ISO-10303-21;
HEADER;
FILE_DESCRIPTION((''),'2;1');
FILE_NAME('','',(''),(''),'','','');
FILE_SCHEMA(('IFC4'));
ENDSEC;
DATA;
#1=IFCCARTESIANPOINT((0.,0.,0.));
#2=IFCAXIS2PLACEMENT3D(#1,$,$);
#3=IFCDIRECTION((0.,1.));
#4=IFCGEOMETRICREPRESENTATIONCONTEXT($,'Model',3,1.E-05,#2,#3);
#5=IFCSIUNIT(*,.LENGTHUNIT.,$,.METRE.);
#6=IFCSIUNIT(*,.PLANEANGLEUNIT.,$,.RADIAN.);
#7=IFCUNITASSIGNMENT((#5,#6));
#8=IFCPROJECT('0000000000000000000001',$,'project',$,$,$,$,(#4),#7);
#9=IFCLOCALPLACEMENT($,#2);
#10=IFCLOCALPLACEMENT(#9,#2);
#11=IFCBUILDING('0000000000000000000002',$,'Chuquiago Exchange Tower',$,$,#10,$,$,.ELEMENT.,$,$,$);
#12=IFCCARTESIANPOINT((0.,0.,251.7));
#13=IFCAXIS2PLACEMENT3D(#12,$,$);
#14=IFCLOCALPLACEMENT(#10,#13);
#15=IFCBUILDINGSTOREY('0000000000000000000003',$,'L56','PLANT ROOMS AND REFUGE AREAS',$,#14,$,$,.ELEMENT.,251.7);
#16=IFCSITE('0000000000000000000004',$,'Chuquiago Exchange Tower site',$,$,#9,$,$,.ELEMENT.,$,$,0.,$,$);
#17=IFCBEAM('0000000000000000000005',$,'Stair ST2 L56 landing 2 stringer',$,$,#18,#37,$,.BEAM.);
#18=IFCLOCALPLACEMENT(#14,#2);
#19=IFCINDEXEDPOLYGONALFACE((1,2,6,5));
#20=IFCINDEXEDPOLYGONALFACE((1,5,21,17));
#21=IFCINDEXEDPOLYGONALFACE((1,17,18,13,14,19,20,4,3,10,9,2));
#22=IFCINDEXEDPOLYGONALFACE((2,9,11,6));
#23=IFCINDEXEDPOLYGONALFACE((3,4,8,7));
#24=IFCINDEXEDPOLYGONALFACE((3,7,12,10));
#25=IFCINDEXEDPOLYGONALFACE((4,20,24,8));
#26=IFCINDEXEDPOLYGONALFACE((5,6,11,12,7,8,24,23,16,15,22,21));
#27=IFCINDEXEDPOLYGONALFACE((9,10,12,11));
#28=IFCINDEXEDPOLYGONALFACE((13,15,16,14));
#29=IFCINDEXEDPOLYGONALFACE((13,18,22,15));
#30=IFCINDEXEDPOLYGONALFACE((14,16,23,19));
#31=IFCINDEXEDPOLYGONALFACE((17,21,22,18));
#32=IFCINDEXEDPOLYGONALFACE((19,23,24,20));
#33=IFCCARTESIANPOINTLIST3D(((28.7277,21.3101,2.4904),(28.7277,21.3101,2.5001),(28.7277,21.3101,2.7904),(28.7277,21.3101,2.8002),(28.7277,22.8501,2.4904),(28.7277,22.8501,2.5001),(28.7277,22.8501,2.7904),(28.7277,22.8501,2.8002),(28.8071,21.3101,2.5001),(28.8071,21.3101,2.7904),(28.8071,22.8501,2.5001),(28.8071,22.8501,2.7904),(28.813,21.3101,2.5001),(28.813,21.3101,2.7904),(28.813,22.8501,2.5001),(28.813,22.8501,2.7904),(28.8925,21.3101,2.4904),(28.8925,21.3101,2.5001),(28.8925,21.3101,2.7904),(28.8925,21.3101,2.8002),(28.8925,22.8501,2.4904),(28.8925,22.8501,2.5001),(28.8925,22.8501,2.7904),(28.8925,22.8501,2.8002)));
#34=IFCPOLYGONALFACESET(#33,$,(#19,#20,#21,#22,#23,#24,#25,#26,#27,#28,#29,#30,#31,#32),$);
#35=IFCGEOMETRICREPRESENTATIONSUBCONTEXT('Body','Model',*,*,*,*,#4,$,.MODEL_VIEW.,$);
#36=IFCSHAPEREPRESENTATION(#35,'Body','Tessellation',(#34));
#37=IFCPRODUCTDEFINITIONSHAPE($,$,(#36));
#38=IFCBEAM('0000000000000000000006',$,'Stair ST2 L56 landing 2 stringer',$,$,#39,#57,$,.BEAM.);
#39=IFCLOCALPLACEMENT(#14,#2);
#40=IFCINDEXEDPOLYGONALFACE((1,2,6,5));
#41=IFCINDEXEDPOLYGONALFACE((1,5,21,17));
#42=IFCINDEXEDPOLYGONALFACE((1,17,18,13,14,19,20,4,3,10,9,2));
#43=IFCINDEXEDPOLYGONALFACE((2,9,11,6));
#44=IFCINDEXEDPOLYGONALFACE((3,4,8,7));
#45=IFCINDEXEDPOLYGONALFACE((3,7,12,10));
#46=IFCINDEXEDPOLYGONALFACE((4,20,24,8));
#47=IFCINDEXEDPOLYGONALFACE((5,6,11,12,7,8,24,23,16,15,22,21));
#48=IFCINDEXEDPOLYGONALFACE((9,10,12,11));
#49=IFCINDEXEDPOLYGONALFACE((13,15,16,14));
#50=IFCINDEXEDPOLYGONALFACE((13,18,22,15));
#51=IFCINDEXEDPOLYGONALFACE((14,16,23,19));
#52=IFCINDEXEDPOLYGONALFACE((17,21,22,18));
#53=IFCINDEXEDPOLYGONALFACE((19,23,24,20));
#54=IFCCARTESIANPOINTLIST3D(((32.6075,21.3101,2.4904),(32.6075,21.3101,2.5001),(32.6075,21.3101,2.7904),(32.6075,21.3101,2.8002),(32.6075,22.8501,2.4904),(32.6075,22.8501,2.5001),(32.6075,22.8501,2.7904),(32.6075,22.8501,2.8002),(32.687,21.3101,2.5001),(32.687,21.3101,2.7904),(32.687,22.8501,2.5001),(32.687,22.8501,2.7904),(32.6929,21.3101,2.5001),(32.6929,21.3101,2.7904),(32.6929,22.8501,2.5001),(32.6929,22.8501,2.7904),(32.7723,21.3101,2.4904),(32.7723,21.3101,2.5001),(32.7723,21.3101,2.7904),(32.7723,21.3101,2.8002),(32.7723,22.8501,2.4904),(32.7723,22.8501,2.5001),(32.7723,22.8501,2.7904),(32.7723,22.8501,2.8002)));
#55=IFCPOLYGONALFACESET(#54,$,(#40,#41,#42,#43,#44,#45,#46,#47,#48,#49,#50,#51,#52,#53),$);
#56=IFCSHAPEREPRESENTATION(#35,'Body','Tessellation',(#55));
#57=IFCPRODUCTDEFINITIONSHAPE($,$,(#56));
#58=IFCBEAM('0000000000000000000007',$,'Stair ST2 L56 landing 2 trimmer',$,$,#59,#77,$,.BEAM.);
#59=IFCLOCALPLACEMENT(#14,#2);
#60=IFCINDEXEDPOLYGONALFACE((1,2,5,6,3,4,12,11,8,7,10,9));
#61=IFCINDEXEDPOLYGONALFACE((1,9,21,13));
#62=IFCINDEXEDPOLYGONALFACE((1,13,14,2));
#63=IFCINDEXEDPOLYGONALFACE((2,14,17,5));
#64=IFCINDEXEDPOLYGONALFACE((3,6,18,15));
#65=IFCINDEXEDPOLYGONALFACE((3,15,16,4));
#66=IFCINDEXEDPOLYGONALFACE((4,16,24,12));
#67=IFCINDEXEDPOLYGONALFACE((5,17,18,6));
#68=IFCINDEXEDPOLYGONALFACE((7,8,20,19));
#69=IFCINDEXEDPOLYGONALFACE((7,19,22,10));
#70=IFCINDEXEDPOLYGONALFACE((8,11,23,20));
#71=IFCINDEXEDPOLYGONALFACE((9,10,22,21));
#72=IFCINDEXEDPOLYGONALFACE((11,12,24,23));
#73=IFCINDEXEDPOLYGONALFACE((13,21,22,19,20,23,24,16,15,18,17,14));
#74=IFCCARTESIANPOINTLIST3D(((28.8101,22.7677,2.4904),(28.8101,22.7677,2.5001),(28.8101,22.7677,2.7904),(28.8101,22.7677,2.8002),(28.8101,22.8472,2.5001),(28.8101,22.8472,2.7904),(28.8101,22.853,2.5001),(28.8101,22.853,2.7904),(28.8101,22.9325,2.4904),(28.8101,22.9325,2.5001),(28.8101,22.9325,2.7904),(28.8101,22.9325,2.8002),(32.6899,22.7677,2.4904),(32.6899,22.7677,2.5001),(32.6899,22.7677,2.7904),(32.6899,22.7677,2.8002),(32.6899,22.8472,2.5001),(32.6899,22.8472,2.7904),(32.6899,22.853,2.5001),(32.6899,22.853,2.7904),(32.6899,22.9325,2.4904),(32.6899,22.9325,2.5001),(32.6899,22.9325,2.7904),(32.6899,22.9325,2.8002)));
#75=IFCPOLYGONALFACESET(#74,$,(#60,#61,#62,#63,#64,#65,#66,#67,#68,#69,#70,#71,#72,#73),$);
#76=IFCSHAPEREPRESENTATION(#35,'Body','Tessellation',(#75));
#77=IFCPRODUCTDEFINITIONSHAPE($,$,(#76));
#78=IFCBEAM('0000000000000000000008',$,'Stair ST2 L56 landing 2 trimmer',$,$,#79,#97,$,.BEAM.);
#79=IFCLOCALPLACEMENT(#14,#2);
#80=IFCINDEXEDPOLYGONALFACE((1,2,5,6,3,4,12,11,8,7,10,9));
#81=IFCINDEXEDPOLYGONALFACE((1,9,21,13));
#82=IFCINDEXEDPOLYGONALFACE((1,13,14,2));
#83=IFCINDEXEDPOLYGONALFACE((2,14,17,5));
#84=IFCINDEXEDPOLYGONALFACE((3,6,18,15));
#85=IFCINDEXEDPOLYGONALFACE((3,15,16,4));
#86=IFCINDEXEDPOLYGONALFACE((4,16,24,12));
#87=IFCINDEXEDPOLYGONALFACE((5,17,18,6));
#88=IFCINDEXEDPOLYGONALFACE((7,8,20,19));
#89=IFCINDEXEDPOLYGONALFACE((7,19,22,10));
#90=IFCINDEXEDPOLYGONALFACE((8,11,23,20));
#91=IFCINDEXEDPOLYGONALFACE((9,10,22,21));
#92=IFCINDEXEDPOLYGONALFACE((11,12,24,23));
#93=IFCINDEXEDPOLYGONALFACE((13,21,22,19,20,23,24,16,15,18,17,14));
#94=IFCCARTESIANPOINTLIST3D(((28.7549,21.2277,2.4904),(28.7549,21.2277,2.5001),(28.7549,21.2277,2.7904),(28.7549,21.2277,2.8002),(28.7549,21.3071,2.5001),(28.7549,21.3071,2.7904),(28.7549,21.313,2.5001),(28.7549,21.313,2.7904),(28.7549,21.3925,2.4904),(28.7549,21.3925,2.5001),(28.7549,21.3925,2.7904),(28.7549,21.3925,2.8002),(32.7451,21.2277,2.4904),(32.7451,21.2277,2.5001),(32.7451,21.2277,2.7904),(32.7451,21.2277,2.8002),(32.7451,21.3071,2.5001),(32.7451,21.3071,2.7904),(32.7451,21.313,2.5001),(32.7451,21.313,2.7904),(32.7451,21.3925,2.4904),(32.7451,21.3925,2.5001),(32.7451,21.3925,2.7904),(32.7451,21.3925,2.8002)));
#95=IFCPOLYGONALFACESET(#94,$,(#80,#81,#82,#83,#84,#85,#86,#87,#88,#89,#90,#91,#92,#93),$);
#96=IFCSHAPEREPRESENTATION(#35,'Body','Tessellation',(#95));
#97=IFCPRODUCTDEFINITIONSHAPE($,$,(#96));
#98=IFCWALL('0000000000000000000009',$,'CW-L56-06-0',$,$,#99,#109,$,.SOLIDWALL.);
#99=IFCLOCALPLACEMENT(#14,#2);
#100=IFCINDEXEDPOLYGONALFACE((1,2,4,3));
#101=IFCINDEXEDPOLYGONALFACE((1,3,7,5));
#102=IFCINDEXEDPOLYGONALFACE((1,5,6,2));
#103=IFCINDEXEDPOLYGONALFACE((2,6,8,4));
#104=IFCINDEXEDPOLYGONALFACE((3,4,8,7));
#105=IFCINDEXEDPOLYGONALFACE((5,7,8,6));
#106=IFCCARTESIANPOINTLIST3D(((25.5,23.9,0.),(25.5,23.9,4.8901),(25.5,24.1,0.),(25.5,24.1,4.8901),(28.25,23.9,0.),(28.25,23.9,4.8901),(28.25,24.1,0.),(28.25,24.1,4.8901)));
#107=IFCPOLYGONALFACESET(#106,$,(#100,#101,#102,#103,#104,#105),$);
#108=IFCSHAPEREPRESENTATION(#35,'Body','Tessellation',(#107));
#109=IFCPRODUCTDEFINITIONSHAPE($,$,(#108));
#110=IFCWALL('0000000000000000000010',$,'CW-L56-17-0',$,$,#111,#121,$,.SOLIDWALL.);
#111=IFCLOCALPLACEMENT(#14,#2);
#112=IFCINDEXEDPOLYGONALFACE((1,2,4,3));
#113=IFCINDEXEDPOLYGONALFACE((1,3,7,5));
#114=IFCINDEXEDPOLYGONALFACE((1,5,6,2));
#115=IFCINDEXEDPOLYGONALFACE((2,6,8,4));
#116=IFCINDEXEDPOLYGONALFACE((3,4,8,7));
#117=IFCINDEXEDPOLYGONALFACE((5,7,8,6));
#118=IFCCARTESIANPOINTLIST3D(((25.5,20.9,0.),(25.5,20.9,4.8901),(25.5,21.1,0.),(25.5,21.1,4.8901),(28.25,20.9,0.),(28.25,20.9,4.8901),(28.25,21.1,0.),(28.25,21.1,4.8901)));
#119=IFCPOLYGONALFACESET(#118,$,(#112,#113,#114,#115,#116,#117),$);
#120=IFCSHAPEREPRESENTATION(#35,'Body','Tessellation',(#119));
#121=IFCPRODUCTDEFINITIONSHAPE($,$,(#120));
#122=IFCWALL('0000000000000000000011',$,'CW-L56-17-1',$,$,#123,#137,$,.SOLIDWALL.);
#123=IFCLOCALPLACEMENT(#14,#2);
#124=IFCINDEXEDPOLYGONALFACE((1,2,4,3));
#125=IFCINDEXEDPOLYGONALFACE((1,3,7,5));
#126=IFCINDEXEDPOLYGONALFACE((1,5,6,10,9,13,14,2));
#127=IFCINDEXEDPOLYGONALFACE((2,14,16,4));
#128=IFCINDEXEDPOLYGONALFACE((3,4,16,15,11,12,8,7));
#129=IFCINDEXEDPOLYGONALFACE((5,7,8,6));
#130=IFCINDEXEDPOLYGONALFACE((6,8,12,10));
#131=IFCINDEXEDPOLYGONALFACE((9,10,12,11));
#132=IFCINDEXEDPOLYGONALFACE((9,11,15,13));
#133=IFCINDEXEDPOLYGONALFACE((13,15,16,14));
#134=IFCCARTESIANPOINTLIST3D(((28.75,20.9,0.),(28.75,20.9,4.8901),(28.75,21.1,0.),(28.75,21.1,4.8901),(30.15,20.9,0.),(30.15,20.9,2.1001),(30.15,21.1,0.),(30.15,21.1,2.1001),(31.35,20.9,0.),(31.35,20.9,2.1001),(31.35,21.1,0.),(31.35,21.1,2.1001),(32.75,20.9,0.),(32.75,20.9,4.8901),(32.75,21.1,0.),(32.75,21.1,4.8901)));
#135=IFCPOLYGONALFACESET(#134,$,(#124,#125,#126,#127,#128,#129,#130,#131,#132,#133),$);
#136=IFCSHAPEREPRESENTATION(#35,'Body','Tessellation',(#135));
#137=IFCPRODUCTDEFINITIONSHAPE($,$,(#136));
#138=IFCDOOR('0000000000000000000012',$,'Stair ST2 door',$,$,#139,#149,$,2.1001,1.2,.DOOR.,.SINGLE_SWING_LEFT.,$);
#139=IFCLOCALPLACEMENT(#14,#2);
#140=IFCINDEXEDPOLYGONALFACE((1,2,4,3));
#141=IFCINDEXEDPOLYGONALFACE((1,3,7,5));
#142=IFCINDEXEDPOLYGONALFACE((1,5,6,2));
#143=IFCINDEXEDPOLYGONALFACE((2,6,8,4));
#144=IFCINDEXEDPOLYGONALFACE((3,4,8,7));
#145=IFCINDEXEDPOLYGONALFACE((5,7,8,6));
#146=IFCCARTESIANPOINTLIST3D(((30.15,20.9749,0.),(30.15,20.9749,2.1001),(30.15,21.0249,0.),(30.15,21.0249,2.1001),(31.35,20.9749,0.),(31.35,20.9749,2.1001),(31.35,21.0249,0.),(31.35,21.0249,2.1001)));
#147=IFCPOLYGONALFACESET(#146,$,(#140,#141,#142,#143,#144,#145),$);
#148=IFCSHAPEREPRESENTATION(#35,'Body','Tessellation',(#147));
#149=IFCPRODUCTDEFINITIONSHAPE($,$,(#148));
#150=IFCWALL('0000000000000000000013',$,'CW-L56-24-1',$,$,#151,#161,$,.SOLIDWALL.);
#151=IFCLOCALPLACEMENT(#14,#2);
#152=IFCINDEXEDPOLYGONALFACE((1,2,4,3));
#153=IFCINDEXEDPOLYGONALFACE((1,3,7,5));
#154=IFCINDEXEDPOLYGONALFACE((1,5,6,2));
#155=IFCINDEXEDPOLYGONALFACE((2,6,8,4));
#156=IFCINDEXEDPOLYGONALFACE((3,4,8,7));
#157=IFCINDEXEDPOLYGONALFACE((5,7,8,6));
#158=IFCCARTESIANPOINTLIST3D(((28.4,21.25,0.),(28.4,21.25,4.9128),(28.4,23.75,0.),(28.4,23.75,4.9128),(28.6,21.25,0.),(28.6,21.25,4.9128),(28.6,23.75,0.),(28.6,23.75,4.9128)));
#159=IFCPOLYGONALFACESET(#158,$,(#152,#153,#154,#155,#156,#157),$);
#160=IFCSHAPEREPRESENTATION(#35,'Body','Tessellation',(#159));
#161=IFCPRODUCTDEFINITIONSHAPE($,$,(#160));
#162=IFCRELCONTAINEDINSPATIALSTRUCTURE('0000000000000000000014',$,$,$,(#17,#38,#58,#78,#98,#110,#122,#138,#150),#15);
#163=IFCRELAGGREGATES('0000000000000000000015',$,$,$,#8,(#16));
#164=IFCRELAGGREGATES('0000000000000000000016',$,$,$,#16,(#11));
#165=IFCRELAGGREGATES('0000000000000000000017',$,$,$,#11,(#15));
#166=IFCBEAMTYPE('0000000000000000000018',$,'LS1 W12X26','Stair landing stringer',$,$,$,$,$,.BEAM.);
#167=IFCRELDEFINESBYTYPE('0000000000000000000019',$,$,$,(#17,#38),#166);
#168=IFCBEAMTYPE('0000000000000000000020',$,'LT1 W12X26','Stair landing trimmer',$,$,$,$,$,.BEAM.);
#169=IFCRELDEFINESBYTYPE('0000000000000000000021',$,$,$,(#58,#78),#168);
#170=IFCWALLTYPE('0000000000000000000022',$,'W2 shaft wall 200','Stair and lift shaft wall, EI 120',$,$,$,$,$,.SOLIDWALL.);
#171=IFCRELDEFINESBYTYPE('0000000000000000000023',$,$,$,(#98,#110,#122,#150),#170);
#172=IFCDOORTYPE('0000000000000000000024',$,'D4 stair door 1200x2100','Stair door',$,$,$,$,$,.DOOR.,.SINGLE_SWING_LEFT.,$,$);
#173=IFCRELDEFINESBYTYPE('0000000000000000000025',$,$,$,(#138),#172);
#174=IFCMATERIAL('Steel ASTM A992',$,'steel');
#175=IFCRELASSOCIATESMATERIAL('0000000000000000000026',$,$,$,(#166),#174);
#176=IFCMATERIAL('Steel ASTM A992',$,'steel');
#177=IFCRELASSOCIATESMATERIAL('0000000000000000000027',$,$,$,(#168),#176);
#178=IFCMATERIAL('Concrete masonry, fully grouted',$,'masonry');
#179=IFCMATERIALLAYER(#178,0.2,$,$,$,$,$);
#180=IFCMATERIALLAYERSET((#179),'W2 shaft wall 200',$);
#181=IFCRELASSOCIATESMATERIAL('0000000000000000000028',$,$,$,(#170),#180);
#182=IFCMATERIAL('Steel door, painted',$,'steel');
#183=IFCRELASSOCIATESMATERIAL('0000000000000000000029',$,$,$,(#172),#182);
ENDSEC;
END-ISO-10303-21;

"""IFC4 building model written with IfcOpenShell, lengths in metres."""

from ifc_helpers import new_model, si_unit, direction, frame, frame_2d, origin, origin_2d, place, context, subcontext, project, spatial, rectangle, i_section, extrude, material, layer, layer_set, material_profile, profile_set, type_object, element, fill, save


model = new_model("IFC4")

# Units and contexts
model_context = context("Model", 3, precision=1e-05, world=origin(), true_north=direction((0.0, 1.0)))
body_context = subcontext(model_context, "Body", "Model", "MODEL_VIEW")
ifc_project = project(units=[si_unit("LENGTHUNIT", "METRE"), si_unit("PLANEANGLEUNIT", "RADIAN")], contexts=[model_context])

# Site, building, storey
site_placement = place(None, origin())
site = spatial("IfcSite", under=ifc_project, at=site_placement, Name="Chuquiago Exchange Tower site", CompositionType="ELEMENT", RefElevation=0.0)
building_placement = place(site_placement, origin())
building = spatial("IfcBuilding", under=site, at=building_placement, Name="Chuquiago Exchange Tower", CompositionType="ELEMENT")
storey_placement = place(building_placement, frame((0.0, 0.0, 251.7)))
storey = spatial("IfcBuildingStorey", under=building, at=storey_placement, Name="L56", Description="PLANT ROOMS AND REFUGE AREAS", CompositionType="ELEMENT", Elevation=251.7)

# Beams
ifc_material_1 = material(Name="Steel ASTM A992", Category="steel")
ifc_material_profile_1 = material_profile(ifc_material_1, i_section(OverallWidth=0.1648, OverallDepth=0.3098, WebThickness=0.0059, FlangeThickness=0.0098, at=origin_2d()), Name="W12X26")
ifc_profile_set_1 = profile_set([ifc_material_profile_1], Name="Steel ASTM A992")
beam_type_1 = type_object("IfcBeamType", Name="LS1 W12X26", Description="Stair landing stringer", PredefinedType="BEAM", material=ifc_profile_set_1)
for number, where, z_axis, x_axis, name in (
    (1, (28.8101, 21.3101, 2.6453), (0.0, 1.0, 0.0), (-1.0, 0.0, 0.0), "Stair ST2 L56 landing 2 stringer"),
    (2, (32.6899, 21.3101, 2.6453), (0.0, 1.0, 0.0), (-1.0, 0.0, 0.0), "Stair ST2 L56 landing 2 stringer"),
):
    element("IfcBeam", number, at=place(storey_placement, frame(where, z_axis=z_axis, x_axis=x_axis)), inside=storey, type_object=beam_type_1, Name=name, PredefinedType="BEAM", context=body_context, shape_type="SweptSolid", body=[
        extrude(i_section(OverallWidth=0.1648, OverallDepth=0.3098, WebThickness=0.0059, FlangeThickness=0.0098, at=origin_2d()), origin(), (0.0, 0.0, 1.0), 1.54),
    ])
ifc_material_2 = material(Name="Steel ASTM A992", Category="steel")
ifc_material_profile_2 = material_profile(ifc_material_2, i_section(OverallWidth=0.1648, OverallDepth=0.3098, WebThickness=0.0059, FlangeThickness=0.0098, at=origin_2d()), Name="W12X26")
ifc_profile_set_2 = profile_set([ifc_material_profile_2], Name="Steel ASTM A992")
beam_type_2 = type_object("IfcBeamType", Name="LT1 W12X26", Description="Stair landing trimmer", PredefinedType="BEAM", material=ifc_profile_set_2)
beam_1_placement = place(storey_placement, frame((28.8101, 22.8501, 2.6453), z_axis=(1.0, 0.0, 0.0), x_axis=(0.0, 1.0, 0.0)))
element("IfcBeam", 3, at=beam_1_placement, inside=storey, type_object=beam_type_2, Name="Stair ST2 L56 landing 2 trimmer", PredefinedType="BEAM", context=body_context, shape_type="SweptSolid", body=[
    extrude(i_section(OverallWidth=0.1648, OverallDepth=0.3098, WebThickness=0.0059, FlangeThickness=0.0098, at=origin_2d()), origin(), (0.0, 0.0, 1.0), 3.8799),
])
beam_2_placement = place(storey_placement, frame((28.7549, 21.3101, 2.6453), z_axis=(1.0, 0.0, 0.0), x_axis=(0.0, 1.0, 0.0)))
element("IfcBeam", 4, at=beam_2_placement, inside=storey, type_object=beam_type_2, Name="Stair ST2 L56 landing 2 trimmer", PredefinedType="BEAM", context=body_context, shape_type="SweptSolid", body=[
    extrude(i_section(OverallWidth=0.1648, OverallDepth=0.3098, WebThickness=0.0059, FlangeThickness=0.0098, at=origin_2d()), origin(), (0.0, 0.0, 1.0), 3.9902),
])

# Walls
ifc_material_3 = material(Name="Concrete masonry, fully grouted", Category="masonry")
ifc_layer = layer(ifc_material_3, 0.2)
ifc_layer_set = layer_set([ifc_layer], Name="W2 shaft wall 200")
wall_type = type_object("IfcWallType", Name="W2 shaft wall 200", Description="Stair and lift shaft wall, EI 120", PredefinedType="SOLIDWALL", material=ifc_layer_set)
for number, where, z_axis, x_axis, name in (
    (5, (25.5, 24.0, 0.0), (0.0, 0.0, 1.0), (1.0, 0.0, 0.0), "CW-L56-06-0"),
    (6, (25.5, 21.0, 0.0), (0.0, 0.0, 1.0), (1.0, 0.0, 0.0), "CW-L56-17-0"),
):
    element("IfcWall", number, at=place(storey_placement, frame(where, z_axis=z_axis, x_axis=x_axis)), inside=storey, type_object=wall_type, Name=name, PredefinedType="SOLIDWALL", context=body_context, shape_type="SweptSolid", body=[
        extrude(rectangle(XDim=2.75, YDim=0.2, at=frame_2d((1.375, 0.0))), origin(), (0.0, 0.0, 1.0), 4.8901),
    ])

# Wall, opening, door
wall_1_placement = place(storey_placement, frame((28.75, 21.0, 0.0), z_axis=(0.0, 0.0, 1.0), x_axis=(1.0, 0.0, 0.0)))
wall_1 = element("IfcWall", 7, at=wall_1_placement, inside=storey, type_object=wall_type, Name="CW-L56-17-1", PredefinedType="SOLIDWALL", context=body_context, shape_type="SweptSolid", body=[
    extrude(rectangle(XDim=4.0, YDim=0.2, at=frame_2d((2.0, 0.0))), origin(), (0.0, 0.0, 1.0), 4.8901),
])
opening_placement = place(wall_1_placement, frame((1.3999, 0.0, 0.0)))
opening = element("IfcOpeningElement", 8, at=opening_placement, cuts=wall_1, PredefinedType="OPENING", context=body_context, shape_type="SweptSolid", body=[
    extrude(rectangle(XDim=1.2, YDim=2.1001, at=frame_2d((0.6001, 1.05))), frame((0.0, 0.1099, 0.0), z_axis=(0.0, -1.0, 0.0), x_axis=(1.0, 0.0, 0.0)), (0.0, 0.0, 1.0), 0.22),
])
ifc_material_4 = material(Name="Steel door, painted", Category="steel")
door_type = type_object("IfcDoorType", Name="D4 stair door 1200x2100", Description="Stair door", OperationType="SINGLE_SWING_LEFT", PredefinedType="DOOR", material=ifc_material_4)
door_placement = place(opening_placement, origin())
door = element("IfcDoor", 9, at=door_placement, inside=storey, type_object=door_type, Name="Stair ST2 door", OperationType="SINGLE_SWING_LEFT", OverallHeight=2.1001, OverallWidth=1.2, PredefinedType="DOOR", context=body_context, shape_type="SweptSolid", body=[
    extrude(rectangle(XDim=1.2, YDim=2.1001, at=frame_2d((0.6001, 1.05))), frame((0.0, 0.0249, 0.0), z_axis=(0.0, -1.0, 0.0), x_axis=(1.0, 0.0, 0.0)), (0.0, 0.0, 1.0), 0.05),
])
fill(opening, door)

# Wall
wall_2_placement = place(storey_placement, frame((28.5, 21.25, 0.0), z_axis=(0.0, 0.0, 1.0), x_axis=(0.0, 1.0, 0.0)))
element("IfcWall", 10, at=wall_2_placement, inside=storey, type_object=wall_type, Name="CW-L56-24-1", PredefinedType="SOLIDWALL", context=body_context, shape_type="SweptSolid", body=[
    extrude(rectangle(XDim=2.5, YDim=0.2, at=frame_2d((1.25, 0.0))), origin(), (0.0, 0.0, 1.0), 4.9128),
])

save(model, "model.ifc")
